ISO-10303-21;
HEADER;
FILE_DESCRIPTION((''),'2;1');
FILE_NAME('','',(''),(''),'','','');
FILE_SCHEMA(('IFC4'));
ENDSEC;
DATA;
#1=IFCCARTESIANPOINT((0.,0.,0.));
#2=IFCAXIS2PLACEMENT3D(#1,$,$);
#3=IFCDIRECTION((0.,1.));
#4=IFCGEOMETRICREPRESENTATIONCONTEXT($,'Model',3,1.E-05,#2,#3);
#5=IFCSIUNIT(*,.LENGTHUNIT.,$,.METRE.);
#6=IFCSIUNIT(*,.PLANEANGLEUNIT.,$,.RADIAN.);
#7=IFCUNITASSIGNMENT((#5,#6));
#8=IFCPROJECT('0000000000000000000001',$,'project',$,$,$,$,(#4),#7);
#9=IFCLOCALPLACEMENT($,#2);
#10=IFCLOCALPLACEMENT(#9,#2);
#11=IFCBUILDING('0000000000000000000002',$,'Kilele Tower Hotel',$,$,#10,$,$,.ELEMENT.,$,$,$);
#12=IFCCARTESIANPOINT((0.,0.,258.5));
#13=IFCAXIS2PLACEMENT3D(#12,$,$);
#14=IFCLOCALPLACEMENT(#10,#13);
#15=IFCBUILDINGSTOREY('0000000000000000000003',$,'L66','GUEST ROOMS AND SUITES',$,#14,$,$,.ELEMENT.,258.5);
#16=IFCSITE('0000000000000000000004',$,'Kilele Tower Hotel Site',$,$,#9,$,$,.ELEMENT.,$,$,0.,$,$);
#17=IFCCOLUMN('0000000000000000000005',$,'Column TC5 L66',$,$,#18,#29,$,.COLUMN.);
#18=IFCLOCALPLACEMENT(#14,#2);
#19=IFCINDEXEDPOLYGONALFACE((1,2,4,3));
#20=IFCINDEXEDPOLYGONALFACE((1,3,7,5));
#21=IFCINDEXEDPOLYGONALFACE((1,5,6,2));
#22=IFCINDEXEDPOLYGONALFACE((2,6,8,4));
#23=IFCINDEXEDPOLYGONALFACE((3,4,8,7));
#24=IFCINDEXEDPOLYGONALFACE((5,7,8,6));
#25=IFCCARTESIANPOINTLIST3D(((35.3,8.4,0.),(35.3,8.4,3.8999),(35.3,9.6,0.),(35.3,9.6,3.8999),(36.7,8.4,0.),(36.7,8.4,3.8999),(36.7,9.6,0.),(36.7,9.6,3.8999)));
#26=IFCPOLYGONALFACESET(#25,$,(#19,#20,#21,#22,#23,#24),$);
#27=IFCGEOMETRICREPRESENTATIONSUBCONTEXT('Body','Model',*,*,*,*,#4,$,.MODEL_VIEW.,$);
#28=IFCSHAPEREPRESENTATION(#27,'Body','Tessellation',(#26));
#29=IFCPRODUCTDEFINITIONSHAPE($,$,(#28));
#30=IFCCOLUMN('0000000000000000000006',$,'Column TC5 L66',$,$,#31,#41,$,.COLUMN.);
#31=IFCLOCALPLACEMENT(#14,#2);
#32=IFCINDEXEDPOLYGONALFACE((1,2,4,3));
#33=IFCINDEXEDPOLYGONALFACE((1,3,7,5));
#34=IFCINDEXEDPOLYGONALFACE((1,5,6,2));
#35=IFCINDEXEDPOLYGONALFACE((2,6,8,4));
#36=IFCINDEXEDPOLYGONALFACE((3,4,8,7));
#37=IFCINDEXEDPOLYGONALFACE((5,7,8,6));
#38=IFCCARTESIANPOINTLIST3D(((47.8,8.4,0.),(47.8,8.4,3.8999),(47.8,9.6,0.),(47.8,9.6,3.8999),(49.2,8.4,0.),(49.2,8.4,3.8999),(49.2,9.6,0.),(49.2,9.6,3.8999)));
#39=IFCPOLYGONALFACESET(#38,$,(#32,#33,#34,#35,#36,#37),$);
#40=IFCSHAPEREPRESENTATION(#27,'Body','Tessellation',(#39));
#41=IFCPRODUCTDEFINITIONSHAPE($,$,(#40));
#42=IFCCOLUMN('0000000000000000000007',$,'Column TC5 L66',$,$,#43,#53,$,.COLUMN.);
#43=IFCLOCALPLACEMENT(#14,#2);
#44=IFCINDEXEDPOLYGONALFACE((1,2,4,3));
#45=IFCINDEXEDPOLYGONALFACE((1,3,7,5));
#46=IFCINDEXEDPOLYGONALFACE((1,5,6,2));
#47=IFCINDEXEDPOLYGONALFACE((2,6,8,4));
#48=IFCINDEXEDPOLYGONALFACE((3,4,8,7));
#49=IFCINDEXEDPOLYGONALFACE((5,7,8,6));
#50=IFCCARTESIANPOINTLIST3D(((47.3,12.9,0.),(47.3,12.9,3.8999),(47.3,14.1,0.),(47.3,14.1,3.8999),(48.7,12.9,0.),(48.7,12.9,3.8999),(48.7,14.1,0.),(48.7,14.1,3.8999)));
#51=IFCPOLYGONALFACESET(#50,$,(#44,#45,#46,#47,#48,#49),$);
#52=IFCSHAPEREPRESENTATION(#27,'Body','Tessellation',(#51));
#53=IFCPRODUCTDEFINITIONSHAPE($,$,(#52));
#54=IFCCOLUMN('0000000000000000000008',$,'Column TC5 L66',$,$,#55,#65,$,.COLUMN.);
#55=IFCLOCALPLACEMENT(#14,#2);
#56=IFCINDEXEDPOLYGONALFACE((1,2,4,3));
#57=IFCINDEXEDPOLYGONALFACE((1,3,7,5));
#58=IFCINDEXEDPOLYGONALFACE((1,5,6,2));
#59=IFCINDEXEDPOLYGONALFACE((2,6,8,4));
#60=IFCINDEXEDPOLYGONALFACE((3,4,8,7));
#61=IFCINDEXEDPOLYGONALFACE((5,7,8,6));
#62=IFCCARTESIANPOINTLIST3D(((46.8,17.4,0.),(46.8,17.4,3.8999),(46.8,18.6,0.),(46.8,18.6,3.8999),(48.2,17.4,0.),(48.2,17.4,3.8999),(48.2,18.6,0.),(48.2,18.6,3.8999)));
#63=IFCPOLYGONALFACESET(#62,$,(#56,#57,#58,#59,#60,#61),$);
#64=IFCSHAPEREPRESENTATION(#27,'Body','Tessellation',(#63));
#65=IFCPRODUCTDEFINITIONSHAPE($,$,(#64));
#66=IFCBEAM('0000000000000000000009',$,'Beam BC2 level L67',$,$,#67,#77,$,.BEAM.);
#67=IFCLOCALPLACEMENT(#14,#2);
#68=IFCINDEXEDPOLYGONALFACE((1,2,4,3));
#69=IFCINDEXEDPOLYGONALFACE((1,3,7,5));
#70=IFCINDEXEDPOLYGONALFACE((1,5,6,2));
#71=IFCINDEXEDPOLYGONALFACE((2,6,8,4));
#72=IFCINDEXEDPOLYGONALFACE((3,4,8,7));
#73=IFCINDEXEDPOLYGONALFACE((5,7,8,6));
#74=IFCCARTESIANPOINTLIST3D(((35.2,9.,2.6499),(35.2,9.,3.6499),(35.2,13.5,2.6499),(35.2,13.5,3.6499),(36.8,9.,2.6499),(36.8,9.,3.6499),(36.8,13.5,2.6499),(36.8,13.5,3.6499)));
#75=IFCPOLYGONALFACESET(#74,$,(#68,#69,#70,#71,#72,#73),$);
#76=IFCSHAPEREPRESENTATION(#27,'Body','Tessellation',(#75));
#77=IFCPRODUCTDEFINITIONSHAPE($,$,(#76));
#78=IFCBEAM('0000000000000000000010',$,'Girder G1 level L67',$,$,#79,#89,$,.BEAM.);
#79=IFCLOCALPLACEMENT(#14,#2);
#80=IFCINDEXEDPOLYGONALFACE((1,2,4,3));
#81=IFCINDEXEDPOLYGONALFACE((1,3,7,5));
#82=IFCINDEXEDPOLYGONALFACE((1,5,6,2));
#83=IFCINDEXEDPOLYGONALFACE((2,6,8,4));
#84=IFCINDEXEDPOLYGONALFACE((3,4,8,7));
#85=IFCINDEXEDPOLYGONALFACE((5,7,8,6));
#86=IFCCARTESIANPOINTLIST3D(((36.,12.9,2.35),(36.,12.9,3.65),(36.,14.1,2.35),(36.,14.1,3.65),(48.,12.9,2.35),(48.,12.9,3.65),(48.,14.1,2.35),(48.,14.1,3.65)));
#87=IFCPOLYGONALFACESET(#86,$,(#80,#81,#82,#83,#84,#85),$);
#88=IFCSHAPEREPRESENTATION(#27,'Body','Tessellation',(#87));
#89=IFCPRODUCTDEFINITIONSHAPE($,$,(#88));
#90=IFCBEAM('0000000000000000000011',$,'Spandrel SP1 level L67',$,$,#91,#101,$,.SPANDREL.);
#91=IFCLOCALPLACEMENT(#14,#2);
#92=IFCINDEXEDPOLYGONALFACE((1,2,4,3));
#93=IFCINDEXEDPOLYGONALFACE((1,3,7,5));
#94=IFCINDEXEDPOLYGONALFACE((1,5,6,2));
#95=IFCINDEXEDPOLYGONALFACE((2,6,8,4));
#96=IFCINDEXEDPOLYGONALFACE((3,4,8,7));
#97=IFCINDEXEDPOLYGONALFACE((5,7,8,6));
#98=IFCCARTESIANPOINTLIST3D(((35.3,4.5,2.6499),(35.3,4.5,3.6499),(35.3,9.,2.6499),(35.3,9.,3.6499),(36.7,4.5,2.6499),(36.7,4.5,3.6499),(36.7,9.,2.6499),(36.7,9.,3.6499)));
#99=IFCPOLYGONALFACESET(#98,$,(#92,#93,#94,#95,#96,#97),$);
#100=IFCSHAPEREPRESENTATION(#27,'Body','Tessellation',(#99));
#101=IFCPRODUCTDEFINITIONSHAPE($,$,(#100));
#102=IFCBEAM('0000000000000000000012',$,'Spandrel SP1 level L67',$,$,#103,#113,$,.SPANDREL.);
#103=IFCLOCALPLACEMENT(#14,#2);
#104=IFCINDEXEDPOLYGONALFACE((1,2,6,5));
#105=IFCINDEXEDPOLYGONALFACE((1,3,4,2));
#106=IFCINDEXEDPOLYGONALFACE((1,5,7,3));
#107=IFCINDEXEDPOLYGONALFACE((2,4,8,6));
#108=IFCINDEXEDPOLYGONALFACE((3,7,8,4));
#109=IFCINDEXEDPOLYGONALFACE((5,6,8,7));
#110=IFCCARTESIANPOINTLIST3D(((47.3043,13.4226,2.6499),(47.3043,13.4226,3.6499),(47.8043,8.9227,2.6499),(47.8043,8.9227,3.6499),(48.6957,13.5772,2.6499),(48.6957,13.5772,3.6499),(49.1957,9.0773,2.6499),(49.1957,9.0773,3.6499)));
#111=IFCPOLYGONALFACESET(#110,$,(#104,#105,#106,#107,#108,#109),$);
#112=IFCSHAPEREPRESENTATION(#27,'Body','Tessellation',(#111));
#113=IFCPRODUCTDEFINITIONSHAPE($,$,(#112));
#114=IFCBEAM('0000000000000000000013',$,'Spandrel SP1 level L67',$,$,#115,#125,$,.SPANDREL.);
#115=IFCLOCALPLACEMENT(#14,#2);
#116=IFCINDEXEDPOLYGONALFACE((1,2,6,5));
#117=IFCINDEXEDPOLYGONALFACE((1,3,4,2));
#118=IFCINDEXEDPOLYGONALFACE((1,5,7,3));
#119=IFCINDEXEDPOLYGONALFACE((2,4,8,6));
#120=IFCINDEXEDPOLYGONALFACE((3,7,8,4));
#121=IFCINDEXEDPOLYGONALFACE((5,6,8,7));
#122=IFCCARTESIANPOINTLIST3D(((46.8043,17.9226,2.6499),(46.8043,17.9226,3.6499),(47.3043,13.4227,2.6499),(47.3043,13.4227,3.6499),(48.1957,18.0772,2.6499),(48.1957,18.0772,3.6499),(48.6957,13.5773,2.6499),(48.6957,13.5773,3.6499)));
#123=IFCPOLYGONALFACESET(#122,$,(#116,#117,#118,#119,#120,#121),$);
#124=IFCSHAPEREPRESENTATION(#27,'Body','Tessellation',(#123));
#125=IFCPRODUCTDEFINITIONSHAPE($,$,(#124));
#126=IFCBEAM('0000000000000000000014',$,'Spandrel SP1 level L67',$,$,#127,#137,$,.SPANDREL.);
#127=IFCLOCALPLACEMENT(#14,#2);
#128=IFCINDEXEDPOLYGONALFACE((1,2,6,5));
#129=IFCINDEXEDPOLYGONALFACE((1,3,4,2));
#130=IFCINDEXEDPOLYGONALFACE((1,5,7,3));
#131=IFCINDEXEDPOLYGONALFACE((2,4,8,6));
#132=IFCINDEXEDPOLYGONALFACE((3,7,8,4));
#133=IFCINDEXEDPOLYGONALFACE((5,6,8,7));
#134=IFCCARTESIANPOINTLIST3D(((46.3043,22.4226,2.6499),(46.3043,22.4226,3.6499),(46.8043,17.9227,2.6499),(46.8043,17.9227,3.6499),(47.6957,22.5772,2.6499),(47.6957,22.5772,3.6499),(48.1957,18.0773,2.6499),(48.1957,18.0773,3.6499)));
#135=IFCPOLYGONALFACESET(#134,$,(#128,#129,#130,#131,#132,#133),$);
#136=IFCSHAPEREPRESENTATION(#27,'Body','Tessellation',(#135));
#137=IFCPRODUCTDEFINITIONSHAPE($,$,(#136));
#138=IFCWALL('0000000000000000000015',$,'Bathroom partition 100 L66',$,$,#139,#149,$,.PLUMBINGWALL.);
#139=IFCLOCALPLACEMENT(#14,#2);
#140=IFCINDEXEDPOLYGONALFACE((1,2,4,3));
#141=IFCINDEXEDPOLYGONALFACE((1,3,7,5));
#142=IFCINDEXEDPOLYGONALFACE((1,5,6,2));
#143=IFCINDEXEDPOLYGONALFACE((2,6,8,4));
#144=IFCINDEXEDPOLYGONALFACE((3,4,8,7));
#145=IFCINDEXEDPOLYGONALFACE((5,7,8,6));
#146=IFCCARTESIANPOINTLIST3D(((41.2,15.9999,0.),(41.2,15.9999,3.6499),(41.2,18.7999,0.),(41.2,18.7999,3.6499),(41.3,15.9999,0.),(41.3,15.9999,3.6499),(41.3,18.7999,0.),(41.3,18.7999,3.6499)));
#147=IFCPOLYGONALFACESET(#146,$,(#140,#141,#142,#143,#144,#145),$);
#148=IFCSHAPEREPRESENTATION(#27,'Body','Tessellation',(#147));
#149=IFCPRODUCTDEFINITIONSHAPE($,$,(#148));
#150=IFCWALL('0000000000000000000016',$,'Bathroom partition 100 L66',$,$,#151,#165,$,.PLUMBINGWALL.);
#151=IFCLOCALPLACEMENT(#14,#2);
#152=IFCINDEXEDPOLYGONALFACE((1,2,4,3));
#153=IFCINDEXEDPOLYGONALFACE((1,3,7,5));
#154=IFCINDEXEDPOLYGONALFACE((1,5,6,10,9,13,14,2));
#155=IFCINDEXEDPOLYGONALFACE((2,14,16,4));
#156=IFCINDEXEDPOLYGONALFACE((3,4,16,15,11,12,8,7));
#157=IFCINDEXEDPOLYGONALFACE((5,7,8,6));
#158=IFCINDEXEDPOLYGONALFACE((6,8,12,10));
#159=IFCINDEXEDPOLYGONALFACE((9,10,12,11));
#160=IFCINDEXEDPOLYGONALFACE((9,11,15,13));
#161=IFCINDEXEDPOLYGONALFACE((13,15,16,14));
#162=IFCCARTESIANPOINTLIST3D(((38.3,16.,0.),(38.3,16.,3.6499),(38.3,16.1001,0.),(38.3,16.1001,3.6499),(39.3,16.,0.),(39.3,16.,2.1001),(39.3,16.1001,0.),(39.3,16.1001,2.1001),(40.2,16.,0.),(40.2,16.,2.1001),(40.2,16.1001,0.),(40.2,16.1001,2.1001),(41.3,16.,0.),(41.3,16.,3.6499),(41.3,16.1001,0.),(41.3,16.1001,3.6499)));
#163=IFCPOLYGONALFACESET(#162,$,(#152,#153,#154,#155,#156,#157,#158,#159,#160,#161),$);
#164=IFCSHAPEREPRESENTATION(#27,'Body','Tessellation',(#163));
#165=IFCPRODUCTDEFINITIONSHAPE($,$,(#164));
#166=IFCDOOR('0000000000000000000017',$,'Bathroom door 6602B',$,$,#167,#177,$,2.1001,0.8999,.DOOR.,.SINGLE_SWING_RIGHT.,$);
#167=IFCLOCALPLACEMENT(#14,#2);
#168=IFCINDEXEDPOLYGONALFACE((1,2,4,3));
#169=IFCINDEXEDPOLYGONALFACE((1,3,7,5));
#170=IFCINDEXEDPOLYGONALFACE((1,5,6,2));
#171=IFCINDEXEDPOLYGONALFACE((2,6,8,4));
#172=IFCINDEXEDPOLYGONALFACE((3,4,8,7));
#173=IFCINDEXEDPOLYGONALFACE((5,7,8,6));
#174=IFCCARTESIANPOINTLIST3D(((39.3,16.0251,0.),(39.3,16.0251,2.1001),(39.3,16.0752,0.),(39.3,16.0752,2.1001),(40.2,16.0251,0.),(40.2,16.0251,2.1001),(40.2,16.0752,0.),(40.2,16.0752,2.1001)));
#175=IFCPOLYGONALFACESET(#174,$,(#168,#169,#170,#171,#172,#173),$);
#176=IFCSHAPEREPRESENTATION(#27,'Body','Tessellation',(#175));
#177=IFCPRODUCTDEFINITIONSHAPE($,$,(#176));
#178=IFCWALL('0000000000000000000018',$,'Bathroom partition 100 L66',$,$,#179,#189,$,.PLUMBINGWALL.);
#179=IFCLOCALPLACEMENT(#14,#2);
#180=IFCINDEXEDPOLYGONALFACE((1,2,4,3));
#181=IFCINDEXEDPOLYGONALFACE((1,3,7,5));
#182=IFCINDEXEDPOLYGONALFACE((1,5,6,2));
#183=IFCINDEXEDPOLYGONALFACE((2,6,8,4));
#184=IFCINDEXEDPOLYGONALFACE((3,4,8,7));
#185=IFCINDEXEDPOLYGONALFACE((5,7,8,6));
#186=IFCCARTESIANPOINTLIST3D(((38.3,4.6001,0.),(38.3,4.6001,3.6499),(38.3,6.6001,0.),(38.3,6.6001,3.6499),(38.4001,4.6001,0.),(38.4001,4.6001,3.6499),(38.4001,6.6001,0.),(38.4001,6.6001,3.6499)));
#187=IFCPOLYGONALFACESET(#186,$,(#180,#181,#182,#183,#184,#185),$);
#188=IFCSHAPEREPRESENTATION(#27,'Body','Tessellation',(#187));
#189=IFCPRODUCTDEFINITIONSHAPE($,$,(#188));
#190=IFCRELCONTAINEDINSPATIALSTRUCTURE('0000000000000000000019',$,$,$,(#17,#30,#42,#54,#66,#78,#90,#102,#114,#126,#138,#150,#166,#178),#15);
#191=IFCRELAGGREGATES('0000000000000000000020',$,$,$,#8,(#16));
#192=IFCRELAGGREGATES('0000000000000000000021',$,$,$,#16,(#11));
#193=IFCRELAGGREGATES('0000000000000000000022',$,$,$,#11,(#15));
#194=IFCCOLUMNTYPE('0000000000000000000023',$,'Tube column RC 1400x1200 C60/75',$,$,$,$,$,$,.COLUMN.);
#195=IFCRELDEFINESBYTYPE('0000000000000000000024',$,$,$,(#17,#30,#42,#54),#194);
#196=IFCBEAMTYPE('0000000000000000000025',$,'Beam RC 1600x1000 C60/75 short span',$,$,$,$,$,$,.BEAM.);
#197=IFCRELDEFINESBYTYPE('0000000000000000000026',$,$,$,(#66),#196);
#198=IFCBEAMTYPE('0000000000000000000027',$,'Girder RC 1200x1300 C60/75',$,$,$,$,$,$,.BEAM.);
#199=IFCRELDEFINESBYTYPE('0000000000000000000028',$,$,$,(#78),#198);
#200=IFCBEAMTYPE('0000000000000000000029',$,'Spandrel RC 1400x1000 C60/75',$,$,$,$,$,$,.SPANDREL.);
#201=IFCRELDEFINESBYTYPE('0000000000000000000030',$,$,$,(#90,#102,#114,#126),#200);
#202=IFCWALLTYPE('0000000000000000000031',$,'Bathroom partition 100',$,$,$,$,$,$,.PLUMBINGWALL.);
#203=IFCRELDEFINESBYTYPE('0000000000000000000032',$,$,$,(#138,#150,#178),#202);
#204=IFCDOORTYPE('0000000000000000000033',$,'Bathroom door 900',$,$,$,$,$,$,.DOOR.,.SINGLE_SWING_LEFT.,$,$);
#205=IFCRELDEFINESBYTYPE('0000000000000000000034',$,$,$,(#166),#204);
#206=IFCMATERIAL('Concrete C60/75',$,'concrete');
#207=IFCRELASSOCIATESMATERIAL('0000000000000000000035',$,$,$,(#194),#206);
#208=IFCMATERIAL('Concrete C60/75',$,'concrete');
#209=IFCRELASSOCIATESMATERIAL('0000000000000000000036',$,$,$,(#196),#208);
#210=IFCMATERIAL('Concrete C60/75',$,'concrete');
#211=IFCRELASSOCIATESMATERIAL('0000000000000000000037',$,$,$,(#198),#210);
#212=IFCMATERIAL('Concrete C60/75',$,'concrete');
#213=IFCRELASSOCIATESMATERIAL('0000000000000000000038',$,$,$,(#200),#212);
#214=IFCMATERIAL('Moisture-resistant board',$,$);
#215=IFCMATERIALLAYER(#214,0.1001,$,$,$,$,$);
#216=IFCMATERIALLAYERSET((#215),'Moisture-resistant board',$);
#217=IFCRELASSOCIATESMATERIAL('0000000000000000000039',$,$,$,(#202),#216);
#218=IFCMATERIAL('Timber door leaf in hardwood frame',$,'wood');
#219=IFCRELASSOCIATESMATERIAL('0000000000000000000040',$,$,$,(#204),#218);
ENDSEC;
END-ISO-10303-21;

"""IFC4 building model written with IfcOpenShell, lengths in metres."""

from ifc_helpers import new_model, si_unit, direction, frame, frame_2d, origin, origin_2d, place, context, subcontext, project, spatial, rectangle, extrude, material, layer, layer_set, material_profile, profile_set, type_object, element, fill, save


model = new_model("IFC4")

# Units and contexts
model_context = context("Model", 3, precision=1e-05, world=origin(), true_north=direction((0.0, 1.0)))
body_context = subcontext(model_context, "Body", "Model", "MODEL_VIEW")
ifc_project = project(units=[si_unit("LENGTHUNIT", "METRE"), si_unit("PLANEANGLEUNIT", "RADIAN")], contexts=[model_context])

# Site, building, storey
site_placement = place(None, origin())
site = spatial("IfcSite", under=ifc_project, at=site_placement, Name="Kilele Tower Hotel Site", CompositionType="ELEMENT", RefElevation=0.0)
building_placement = place(site_placement, origin())
building = spatial("IfcBuilding", under=site, at=building_placement, Name="Kilele Tower Hotel", CompositionType="ELEMENT")
storey_placement = place(building_placement, frame((0.0, 0.0, 258.5)))
storey = spatial("IfcBuildingStorey", under=building, at=storey_placement, Name="L66", Description="GUEST ROOMS AND SUITES", CompositionType="ELEMENT", Elevation=258.5)

# Columns
ifc_material_1 = material(Name="Concrete C60/75", Category="concrete")
ifc_material_profile_1 = material_profile(ifc_material_1, rectangle(XDim=1.3999, YDim=1.2, at=origin_2d()))
ifc_profile_set_1 = profile_set([ifc_material_profile_1], Name="Concrete C60/75")
column_type = type_object("IfcColumnType", Name="Tube column RC 1400x1200 C60/75", PredefinedType="COLUMN", material=ifc_profile_set_1)
for number, where, z_axis, x_axis, name in (
    (1, (36.0, 9.0, 0.0), (0.0, 0.0, 1.0), (1.0, 0.0, 0.0), "Column TC5 L66"),
    (2, (48.5, 9.0, 0.0), (0.0, 0.0, 1.0), (1.0, 0.0, 0.0), "Column TC5 L66"),
    (3, (48.0, 13.5, 0.0), (0.0, 0.0, 1.0), (1.0, 0.0, 0.0), "Column TC5 L66"),
    (4, (47.5, 18.0, 0.0), (0.0, 0.0, 1.0), (1.0, 0.0, 0.0), "Column TC5 L66"),
):
    element("IfcColumn", number, at=place(storey_placement, frame(where, z_axis=z_axis, x_axis=x_axis)), inside=storey, type_object=column_type, Name=name, PredefinedType="COLUMN", context=body_context, shape_type="SweptSolid", body=[
        extrude(rectangle(XDim=1.3999, YDim=1.2, at=origin_2d()), origin(), (0.0, 0.0, 1.0), 3.8999),
    ])

# Beams
ifc_material_2 = material(Name="Concrete C60/75", Category="concrete")
ifc_material_profile_2 = material_profile(ifc_material_2, rectangle(XDim=1.6001, YDim=1.0, at=origin_2d()))
ifc_profile_set_2 = profile_set([ifc_material_profile_2], Name="Concrete C60/75")
beam_type_1 = type_object("IfcBeamType", Name="Beam RC 1600x1000 C60/75 short span", PredefinedType="BEAM", material=ifc_profile_set_2)
beam_1_placement = place(storey_placement, frame((36.0, 9.0, 3.1499), z_axis=(0.0, 1.0, 0.0), x_axis=(-1.0, 0.0, 0.0)))
element("IfcBeam", 5, at=beam_1_placement, inside=storey, type_object=beam_type_1, Name="Beam BC2 level L67", PredefinedType="BEAM", context=body_context, shape_type="SweptSolid", body=[
    extrude(rectangle(XDim=1.6001, YDim=1.0, at=origin_2d()), origin(), (0.0, 0.0, 1.0), 4.5),
])
ifc_material_3 = material(Name="Concrete C60/75", Category="concrete")
ifc_material_profile_3 = material_profile(ifc_material_3, rectangle(XDim=1.2, YDim=1.3, at=origin_2d()))
ifc_profile_set_3 = profile_set([ifc_material_profile_3], Name="Concrete C60/75")
beam_type_2 = type_object("IfcBeamType", Name="Girder RC 1200x1300 C60/75", PredefinedType="BEAM", material=ifc_profile_set_3)
beam_2_placement = place(storey_placement, frame((48.0, 13.5, 3.0), z_axis=(-1.0, 0.0, 0.0), x_axis=(0.0, -1.0, 0.0)))
element("IfcBeam", 6, at=beam_2_placement, inside=storey, type_object=beam_type_2, Name="Girder G1 level L67", PredefinedType="BEAM", context=body_context, shape_type="SweptSolid", body=[
    extrude(rectangle(XDim=1.2, YDim=1.3, at=origin_2d()), origin(), (0.0, 0.0, 1.0), 12.0),
])
ifc_material_4 = material(Name="Concrete C60/75", Category="concrete")
ifc_material_profile_4 = material_profile(ifc_material_4, rectangle(XDim=1.3999, YDim=1.0, at=origin_2d()))
ifc_profile_set_4 = profile_set([ifc_material_profile_4], Name="Concrete C60/75")
beam_type_3 = type_object("IfcBeamType", Name="Spandrel RC 1400x1000 C60/75", PredefinedType="SPANDREL", material=ifc_profile_set_4)
beam_3_placement = place(storey_placement, frame((36.0, 9.0, 3.1499), z_axis=(0.0, -1.0, 0.0), x_axis=(1.0, 0.0, 0.0)))
element("IfcBeam", 7, at=beam_3_placement, inside=storey, type_object=beam_type_3, Name="Spandrel SP1 level L67", PredefinedType="SPANDREL", context=body_context, shape_type="SweptSolid", body=[
    extrude(rectangle(XDim=1.3999, YDim=1.0, at=origin_2d()), origin(), (0.0, 0.0, 1.0), 4.5),
])
for number, where, z_axis, x_axis, name in (
    (8, (48.5, 9.0, 3.1499), (-0.110432, 0.993884, 0.0), (-0.993884, -0.110432, 0.0), "Spandrel SP1 level L67"),
    (9, (48.0, 13.5, 3.1499), (-0.110432, 0.993884, 0.0), (-0.993884, -0.110432, 0.0), "Spandrel SP1 level L67"),
    (10, (47.5, 18.0, 3.1499), (-0.110432, 0.993884, 0.0), (-0.993884, -0.110432, 0.0), "Spandrel SP1 level L67"),
):
    element("IfcBeam", number, at=place(storey_placement, frame(where, z_axis=z_axis, x_axis=x_axis)), inside=storey, type_object=beam_type_3, Name=name, PredefinedType="SPANDREL", context=body_context, shape_type="SweptSolid", body=[
        extrude(rectangle(XDim=1.3999, YDim=1.0, at=origin_2d()), origin(), (0.0, 0.0, 1.0), 4.5276),
    ])

# Wall
ifc_material_5 = material(Name="Moisture-resistant board")
ifc_layer_1 = layer(ifc_material_5, 0.1001)
ifc_layer_set_1 = layer_set([ifc_layer_1], Name="Moisture-resistant board")
wall_type_1 = type_object("IfcWallType", Name="Bathroom partition 100", PredefinedType="PLUMBINGWALL", material=ifc_layer_set_1)
wall_1_placement = place(storey_placement, frame((41.25, 16.0, 0.0), z_axis=(0.0, 0.0, 1.0), x_axis=(0.0, 1.0, 0.0)))
element("IfcWall", 11, at=wall_1_placement, inside=storey, type_object=wall_type_1, Name="Bathroom partition 100 L66", PredefinedType="PLUMBINGWALL", context=body_context, shape_type="SweptSolid", body=[
    extrude(rectangle(XDim=2.8, YDim=0.1001, at=frame_2d((1.3999, 0.0))), origin(), (0.0, 0.0, 1.0), 3.6499),
])

# Wall, opening, door
wall_2_placement = place(storey_placement, frame((38.3, 16.05, 0.0), z_axis=(0.0, 0.0, 1.0), x_axis=(1.0, 0.0, 0.0)))
wall_2 = element("IfcWall", 12, at=wall_2_placement, inside=storey, type_object=wall_type_1, Name="Bathroom partition 100 L66", PredefinedType="PLUMBINGWALL", context=body_context, shape_type="SweptSolid", body=[
    extrude(rectangle(XDim=3.0, YDim=0.1001, at=frame_2d((1.5, 0.0))), origin(), (0.0, 0.0, 1.0), 3.6499),
])
opening_1_placement = place(wall_2_placement, frame((1.8999, 0.0, 0.0), z_axis=(0.0, 0.0, 1.0), x_axis=(-1.0, 0.0, 0.0)))
opening_1 = element("IfcOpeningElement", 13, at=opening_1_placement, cuts=wall_2, PredefinedType="OPENING", context=body_context, shape_type="SweptSolid", body=[
    extrude(rectangle(XDim=0.8999, YDim=2.1001, at=frame_2d((0.45, 1.05))), frame((0.0, 0.0601, 0.0), z_axis=(0.0, -1.0, 0.0), x_axis=(1.0, 0.0, 0.0)), (0.0, 0.0, 1.0), 0.1201),
])
ifc_material_6 = material(Name="Timber door leaf in hardwood frame", Category="wood")
door_type_1 = type_object("IfcDoorType", Name="Bathroom door 900", OperationType="SINGLE_SWING_LEFT", PredefinedType="DOOR", material=ifc_material_6)
door_1_placement = place(opening_1_placement, origin())
door_1 = element("IfcDoor", 14, at=door_1_placement, inside=storey, type_object=door_type_1, Name="Bathroom door 6602B", OperationType="SINGLE_SWING_RIGHT", OverallHeight=2.1001, OverallWidth=0.8999, PredefinedType="DOOR", context=body_context, shape_type="SweptSolid", body=[
    extrude(rectangle(XDim=0.8999, YDim=2.1001, at=frame_2d((0.45, 1.05))), frame((0.0, 0.0249, 0.0), z_axis=(0.0, -1.0, 0.0), x_axis=(1.0, 0.0, 0.0)), (0.0, 0.0, 1.0), 0.05),
])
fill(opening_1, door_1)

# Wall
wall_3_placement = place(storey_placement, frame((38.3501, 4.6001, 0.0), z_axis=(0.0, 0.0, 1.0), x_axis=(0.0, 1.0, 0.0)))
element("IfcWall", 15, at=wall_3_placement, inside=storey, type_object=wall_type_1, Name="Bathroom partition 100 L66", PredefinedType="PLUMBINGWALL", context=body_context, shape_type="SweptSolid", body=[
    extrude(rectangle(XDim=2.0, YDim=0.1001, at=frame_2d((1.0, 0.0))), origin(), (0.0, 0.0, 1.0), 3.6499),
])

save(model, "model.ifc")
